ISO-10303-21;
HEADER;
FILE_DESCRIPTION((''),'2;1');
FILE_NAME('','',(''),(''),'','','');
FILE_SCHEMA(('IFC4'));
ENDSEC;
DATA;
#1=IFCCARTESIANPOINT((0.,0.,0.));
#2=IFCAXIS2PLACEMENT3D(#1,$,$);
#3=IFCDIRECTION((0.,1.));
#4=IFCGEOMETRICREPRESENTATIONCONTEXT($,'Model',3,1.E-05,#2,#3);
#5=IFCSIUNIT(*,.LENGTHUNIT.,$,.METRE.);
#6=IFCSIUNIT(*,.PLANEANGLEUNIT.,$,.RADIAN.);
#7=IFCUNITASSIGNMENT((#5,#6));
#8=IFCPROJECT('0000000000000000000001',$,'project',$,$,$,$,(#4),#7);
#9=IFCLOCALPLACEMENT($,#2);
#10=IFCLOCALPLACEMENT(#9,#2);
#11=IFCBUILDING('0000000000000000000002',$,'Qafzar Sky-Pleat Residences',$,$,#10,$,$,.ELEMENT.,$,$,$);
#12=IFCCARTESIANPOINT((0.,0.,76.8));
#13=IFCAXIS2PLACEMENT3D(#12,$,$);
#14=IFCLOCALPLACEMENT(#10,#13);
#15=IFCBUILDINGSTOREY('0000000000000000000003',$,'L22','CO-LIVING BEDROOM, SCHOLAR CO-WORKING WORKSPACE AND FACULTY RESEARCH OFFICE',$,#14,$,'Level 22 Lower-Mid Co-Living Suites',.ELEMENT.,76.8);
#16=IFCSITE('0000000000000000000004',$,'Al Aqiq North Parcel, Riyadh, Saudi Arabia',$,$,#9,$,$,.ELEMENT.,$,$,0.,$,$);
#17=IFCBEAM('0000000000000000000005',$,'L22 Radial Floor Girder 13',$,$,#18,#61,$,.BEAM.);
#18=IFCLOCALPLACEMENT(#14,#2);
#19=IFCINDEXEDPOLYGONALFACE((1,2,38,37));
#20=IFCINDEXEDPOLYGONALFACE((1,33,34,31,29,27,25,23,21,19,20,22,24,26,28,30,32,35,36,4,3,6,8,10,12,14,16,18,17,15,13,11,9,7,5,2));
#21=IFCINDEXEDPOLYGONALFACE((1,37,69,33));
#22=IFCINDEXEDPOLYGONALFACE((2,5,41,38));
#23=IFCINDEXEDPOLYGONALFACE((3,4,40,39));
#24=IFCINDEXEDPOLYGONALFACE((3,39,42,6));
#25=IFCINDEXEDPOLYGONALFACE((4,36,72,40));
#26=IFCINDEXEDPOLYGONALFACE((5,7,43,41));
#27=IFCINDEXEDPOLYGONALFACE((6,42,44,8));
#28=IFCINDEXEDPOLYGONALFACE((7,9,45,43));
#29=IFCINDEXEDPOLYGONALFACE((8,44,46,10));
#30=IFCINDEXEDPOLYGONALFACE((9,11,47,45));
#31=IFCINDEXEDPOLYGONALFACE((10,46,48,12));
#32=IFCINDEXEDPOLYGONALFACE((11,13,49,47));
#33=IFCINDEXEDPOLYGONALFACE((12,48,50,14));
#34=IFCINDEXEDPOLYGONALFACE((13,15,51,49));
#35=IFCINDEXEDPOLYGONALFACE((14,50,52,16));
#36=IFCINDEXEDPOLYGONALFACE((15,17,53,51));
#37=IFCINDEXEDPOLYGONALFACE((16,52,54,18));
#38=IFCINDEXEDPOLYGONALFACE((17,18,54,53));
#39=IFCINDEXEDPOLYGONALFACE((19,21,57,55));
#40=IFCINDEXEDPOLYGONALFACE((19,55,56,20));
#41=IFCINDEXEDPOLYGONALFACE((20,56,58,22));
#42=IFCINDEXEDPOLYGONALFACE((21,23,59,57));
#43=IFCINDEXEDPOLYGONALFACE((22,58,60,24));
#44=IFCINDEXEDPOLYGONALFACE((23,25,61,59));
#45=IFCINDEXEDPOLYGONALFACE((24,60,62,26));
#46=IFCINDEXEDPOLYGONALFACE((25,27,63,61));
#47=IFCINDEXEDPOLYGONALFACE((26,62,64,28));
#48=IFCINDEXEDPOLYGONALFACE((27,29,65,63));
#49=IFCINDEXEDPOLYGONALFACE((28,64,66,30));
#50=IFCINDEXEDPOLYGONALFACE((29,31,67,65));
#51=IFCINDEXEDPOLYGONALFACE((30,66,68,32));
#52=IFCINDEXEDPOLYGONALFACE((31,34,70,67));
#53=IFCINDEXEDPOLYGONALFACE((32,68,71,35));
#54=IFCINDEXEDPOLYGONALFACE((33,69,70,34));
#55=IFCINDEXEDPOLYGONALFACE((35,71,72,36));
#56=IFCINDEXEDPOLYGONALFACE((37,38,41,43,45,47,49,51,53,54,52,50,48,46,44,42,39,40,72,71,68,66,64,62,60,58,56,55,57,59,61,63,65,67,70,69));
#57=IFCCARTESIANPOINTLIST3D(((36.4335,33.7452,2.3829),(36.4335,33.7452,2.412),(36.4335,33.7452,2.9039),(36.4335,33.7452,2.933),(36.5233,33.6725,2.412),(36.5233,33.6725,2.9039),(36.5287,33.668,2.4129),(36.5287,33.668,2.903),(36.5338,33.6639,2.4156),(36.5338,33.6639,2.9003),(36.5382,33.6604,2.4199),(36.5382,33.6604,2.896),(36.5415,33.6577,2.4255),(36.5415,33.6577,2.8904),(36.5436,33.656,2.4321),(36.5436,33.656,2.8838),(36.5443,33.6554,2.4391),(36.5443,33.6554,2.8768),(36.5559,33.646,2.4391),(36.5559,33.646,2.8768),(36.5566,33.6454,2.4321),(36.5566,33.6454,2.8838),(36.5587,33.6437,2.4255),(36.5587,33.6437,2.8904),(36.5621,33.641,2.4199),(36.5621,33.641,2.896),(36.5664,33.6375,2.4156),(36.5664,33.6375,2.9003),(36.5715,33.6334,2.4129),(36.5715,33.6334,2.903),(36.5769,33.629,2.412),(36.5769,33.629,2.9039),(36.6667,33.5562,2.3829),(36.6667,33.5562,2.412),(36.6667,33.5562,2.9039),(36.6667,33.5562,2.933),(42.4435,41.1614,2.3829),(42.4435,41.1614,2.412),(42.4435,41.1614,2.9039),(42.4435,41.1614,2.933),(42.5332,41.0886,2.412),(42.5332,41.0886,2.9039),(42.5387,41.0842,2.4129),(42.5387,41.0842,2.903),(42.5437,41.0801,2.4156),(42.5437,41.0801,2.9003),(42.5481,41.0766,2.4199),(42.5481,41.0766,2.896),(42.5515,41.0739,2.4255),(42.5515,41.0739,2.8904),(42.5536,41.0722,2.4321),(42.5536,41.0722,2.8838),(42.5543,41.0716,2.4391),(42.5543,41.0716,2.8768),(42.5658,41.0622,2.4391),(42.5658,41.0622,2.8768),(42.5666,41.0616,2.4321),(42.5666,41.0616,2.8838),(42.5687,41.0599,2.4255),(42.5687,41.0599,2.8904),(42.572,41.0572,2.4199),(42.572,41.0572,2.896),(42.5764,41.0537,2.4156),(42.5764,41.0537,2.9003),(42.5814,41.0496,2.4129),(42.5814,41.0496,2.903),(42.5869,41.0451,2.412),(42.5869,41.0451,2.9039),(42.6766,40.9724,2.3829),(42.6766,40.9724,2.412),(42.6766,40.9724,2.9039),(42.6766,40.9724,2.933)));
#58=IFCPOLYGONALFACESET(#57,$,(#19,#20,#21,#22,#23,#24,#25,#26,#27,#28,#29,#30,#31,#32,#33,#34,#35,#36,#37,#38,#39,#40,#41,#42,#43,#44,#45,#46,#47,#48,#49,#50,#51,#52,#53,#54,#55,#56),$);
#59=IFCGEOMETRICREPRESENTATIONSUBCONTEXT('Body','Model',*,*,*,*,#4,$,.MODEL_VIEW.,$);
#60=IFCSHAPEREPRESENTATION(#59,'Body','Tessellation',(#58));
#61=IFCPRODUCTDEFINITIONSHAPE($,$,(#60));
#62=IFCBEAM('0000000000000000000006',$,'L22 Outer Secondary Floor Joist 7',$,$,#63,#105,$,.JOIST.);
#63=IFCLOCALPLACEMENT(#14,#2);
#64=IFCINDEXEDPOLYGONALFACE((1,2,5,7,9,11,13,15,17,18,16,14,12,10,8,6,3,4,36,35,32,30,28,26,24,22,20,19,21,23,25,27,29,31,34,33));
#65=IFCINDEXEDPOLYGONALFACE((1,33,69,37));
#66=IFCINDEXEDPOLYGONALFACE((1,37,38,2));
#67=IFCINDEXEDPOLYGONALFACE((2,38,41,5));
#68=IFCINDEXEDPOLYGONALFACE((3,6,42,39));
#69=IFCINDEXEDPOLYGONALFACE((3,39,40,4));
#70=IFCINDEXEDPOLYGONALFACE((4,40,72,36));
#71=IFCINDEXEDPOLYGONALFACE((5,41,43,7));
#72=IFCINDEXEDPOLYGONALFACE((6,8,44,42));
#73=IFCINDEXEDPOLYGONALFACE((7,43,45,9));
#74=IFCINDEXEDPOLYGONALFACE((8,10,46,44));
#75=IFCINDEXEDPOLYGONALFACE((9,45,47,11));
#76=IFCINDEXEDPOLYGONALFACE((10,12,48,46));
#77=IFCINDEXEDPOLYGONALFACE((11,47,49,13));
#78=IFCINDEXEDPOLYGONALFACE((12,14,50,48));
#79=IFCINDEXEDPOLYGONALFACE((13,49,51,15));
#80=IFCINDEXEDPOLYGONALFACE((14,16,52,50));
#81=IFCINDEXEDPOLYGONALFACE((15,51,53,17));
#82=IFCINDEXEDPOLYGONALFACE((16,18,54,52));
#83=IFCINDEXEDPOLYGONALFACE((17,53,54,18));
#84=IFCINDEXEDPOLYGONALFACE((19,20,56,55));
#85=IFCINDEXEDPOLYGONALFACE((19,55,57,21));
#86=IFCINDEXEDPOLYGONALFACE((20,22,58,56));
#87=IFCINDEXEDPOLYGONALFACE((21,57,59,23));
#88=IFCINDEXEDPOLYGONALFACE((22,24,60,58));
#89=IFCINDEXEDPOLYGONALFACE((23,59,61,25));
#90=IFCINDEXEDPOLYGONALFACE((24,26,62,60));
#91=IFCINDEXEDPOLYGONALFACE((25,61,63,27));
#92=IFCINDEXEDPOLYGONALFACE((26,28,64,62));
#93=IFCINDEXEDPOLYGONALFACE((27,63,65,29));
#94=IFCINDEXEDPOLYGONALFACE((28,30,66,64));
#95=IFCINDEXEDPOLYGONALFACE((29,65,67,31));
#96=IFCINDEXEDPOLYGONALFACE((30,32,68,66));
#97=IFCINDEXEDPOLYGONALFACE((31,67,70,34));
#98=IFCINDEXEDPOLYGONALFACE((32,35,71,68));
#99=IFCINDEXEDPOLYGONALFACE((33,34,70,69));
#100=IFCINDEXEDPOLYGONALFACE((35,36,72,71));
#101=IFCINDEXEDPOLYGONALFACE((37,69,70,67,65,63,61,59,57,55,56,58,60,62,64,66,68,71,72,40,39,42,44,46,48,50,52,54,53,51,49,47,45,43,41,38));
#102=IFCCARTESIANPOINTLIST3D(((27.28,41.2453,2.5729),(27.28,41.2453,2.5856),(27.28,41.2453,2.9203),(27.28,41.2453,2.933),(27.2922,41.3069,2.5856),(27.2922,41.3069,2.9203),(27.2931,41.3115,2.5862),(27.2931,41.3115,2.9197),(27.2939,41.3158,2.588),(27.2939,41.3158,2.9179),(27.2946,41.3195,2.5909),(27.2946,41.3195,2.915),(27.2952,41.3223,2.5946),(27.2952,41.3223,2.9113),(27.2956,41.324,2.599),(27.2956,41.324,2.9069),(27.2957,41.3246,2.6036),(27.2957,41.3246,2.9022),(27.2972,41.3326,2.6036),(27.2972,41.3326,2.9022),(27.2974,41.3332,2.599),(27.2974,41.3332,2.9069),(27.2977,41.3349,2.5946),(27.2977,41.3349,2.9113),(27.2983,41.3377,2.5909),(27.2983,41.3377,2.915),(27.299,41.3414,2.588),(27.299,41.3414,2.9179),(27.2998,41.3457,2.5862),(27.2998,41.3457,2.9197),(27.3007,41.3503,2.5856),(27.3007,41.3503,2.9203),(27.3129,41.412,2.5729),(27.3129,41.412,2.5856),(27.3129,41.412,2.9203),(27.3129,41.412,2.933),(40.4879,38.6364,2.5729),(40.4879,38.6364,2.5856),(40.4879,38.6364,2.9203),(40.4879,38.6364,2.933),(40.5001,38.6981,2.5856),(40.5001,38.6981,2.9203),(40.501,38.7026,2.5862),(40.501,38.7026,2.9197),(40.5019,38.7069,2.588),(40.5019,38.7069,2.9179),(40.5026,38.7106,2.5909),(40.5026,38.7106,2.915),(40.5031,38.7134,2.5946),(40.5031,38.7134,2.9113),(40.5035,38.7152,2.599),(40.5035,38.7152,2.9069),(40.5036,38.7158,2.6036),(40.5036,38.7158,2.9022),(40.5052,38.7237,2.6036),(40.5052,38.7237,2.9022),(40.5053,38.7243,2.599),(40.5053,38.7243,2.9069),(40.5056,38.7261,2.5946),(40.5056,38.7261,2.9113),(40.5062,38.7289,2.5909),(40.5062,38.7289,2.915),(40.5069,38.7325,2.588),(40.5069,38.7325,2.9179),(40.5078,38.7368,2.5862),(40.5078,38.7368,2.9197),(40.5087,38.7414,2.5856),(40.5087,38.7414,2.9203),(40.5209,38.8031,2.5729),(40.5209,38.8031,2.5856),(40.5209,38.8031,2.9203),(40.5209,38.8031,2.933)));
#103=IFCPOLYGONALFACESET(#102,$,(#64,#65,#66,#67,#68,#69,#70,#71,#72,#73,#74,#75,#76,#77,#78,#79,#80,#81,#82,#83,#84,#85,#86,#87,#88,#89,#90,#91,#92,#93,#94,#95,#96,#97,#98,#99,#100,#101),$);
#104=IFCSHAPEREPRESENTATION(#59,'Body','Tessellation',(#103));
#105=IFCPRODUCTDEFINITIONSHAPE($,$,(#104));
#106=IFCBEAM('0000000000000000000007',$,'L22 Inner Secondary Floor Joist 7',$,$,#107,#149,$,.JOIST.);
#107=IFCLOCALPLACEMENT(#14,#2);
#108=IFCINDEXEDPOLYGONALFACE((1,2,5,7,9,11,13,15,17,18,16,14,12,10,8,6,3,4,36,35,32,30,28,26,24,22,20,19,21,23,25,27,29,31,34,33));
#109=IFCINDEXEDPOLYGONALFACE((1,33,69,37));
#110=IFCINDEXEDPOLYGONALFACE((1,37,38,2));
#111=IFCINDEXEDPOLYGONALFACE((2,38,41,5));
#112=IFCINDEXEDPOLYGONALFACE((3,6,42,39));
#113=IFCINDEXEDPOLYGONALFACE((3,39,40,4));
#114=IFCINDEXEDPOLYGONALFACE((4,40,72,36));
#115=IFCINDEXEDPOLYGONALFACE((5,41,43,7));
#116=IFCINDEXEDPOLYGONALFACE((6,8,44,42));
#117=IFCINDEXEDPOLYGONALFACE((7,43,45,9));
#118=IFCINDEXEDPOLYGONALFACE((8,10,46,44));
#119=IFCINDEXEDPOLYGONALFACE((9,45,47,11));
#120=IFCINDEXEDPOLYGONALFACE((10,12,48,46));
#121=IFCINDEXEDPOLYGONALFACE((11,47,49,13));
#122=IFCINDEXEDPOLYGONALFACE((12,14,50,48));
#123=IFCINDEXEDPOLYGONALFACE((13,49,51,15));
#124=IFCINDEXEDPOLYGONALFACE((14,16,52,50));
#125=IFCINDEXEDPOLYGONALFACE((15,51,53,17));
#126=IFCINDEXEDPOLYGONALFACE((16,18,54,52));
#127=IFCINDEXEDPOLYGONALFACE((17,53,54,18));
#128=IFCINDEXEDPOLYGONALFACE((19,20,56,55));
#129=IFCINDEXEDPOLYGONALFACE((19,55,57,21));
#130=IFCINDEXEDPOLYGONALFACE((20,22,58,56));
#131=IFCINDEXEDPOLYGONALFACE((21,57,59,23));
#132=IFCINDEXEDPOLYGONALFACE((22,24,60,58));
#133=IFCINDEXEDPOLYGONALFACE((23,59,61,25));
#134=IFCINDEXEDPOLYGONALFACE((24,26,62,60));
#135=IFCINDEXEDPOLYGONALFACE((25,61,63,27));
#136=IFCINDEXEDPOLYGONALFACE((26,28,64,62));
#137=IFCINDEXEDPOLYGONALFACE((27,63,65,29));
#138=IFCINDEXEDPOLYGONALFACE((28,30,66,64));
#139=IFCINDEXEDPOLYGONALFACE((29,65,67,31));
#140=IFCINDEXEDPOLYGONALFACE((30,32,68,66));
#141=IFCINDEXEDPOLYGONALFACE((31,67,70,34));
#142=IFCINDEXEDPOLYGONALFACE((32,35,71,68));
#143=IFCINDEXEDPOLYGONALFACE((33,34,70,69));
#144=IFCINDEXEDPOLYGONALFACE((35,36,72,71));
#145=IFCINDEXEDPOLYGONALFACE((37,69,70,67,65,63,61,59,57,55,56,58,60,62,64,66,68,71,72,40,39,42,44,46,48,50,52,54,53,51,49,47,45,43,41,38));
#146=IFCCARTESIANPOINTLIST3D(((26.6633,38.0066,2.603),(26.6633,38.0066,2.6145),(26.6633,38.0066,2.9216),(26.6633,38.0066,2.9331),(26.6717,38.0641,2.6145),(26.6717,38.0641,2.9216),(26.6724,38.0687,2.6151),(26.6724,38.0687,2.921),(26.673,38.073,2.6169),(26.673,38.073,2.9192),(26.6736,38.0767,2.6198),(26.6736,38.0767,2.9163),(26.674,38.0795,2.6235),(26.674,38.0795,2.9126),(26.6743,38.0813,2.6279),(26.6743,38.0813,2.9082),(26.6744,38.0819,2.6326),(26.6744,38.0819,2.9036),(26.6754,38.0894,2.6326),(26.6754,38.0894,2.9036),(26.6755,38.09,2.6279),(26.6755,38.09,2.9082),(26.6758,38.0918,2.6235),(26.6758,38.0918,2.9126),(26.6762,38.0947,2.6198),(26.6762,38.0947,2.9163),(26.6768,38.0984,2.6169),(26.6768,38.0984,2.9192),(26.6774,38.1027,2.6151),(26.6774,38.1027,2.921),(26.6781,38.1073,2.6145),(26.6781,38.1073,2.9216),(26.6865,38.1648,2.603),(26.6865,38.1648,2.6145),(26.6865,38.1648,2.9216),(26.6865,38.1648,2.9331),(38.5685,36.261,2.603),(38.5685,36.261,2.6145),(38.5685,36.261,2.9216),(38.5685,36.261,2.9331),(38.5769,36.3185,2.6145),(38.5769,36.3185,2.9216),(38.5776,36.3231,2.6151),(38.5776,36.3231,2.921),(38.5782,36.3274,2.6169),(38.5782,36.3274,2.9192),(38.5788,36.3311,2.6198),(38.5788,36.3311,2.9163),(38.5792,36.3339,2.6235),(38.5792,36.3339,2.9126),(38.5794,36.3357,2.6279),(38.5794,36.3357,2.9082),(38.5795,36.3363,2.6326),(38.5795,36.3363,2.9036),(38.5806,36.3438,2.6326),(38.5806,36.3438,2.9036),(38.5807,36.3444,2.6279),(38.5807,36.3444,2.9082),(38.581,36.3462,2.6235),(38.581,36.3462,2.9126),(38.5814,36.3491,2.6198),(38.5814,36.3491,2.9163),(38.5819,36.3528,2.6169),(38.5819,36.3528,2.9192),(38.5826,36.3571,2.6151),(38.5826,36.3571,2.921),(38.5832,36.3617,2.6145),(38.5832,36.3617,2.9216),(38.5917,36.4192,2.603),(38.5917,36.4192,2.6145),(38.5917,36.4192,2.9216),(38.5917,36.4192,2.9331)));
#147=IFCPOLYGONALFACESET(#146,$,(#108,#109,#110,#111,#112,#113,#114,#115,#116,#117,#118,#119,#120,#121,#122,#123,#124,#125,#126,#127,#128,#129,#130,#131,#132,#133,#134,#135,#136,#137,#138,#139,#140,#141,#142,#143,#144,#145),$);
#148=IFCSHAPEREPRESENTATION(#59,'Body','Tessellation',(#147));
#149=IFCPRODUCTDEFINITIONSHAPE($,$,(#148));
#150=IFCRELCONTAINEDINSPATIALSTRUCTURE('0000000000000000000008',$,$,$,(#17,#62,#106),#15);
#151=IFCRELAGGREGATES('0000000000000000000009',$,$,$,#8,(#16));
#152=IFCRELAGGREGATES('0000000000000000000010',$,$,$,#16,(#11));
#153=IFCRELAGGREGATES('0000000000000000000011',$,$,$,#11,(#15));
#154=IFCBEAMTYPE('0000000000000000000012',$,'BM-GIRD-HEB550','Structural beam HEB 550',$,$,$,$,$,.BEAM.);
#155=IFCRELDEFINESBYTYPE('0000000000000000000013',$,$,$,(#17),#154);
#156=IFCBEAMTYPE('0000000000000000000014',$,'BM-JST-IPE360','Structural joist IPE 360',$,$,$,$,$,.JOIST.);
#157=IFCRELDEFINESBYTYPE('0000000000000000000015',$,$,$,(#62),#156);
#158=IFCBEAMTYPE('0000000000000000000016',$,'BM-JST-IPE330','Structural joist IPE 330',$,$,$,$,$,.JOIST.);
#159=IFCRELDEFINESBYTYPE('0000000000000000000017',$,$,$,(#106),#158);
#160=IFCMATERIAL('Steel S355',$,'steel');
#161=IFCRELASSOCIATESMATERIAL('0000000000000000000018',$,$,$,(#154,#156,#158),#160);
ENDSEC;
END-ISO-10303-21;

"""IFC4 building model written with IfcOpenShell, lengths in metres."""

from ifc_helpers import new_model, si_unit, direction, frame, origin, origin_2d, place, context, subcontext, project, spatial, i_section, extrude, source, transform, mapped, material, material_profile, profile_set, type_object, element, save


model = new_model("IFC4")

# Units and contexts
model_context = context("Model", 3, precision=1e-05, world=origin(), true_north=direction((0.0, 1.0)))
body_context = subcontext(model_context, "Body", "Model", "MODEL_VIEW")
ifc_project = project(units=[si_unit("LENGTHUNIT", "METRE"), si_unit("PLANEANGLEUNIT", "RADIAN")], contexts=[model_context])

# Site, building, storey
site_placement = place(None, origin())
site = spatial("IfcSite", under=ifc_project, at=site_placement, Name="Al Aqiq North Parcel, Riyadh, Saudi Arabia", CompositionType="ELEMENT", RefElevation=0.0)
building_placement = place(site_placement, origin())
building = spatial("IfcBuilding", under=site, at=building_placement, Name="Qafzar Sky-Pleat Residences", CompositionType="ELEMENT")
storey_placement = place(building_placement, frame((0.0, 0.0, 76.8)))
storey = spatial("IfcBuildingStorey", under=building, at=storey_placement, Name="L22", Description="CO-LIVING BEDROOM, SCHOLAR CO-WORKING WORKSPACE AND FACULTY RESEARCH OFFICE", LongName="Level 22 Lower-Mid Co-Living Suites", CompositionType="ELEMENT", Elevation=76.8)

# Beams
ifc_material_1 = material(Name="Steel S355", Category="steel")
ifc_material_profile_1 = material_profile(ifc_material_1, i_section(OverallWidth=0.3, OverallDepth=0.55, WebThickness=0.0149, FlangeThickness=0.0291, FilletRadius=0.0271, at=origin_2d()), Name="HEB 550")
ifc_profile_set_1 = profile_set([ifc_material_profile_1], Name="Steel S355")
beam_type_1 = type_object("IfcBeamType", Name="BM-GIRD-HEB550", Description="Structural beam HEB 550", PredefinedType="BEAM", material=ifc_profile_set_1)
shared_shape_1 = source(origin(), body_context, "Body", "SweptSolid", [
    extrude(i_section(OverallWidth=0.3, OverallDepth=0.55, WebThickness=0.0149, FlangeThickness=0.0291, FilletRadius=0.0271, at=origin_2d()), origin(), (0.0, 0.0, 1.0), 9.5457),
])
beam_1_placement = place(storey_placement, frame((42.5601, 41.0669, 2.658), z_axis=(-0.629601, -0.776918, 0.0), x_axis=(0.776918, -0.629601, 0.0)))
element("IfcBeam", 1, at=beam_1_placement, inside=storey, type_object=beam_type_1, Name="L22 Radial Floor Girder 13", PredefinedType="BEAM", context=body_context, shape_type="MappedRepresentation", body=[
    mapped(shared_shape_1, transform((0.0, 0.0, 0.0), x_axis=(1.0, 0.0, 0.0), y_axis=(0.0, 1.0, 0.0), z_axis=(0.0, 0.0, 1.0), scale=1.0)),
])
ifc_material_profile_2 = material_profile(ifc_material_1, i_section(OverallWidth=0.1699, OverallDepth=0.3601, WebThickness=0.0081, FlangeThickness=0.0127, FilletRadius=0.0181, at=origin_2d()), Name="IPE 360")
ifc_profile_set_2 = profile_set([ifc_material_profile_2], Name="Steel S355")
beam_type_2 = type_object("IfcBeamType", Name="BM-JST-IPE360", Description="Structural joist IPE 360", PredefinedType="JOIST", material=ifc_profile_set_2)
shared_shape_2 = source(origin(), body_context, "Body", "SweptSolid", [
    extrude(i_section(OverallWidth=0.1699, OverallDepth=0.3601, WebThickness=0.0081, FlangeThickness=0.0127, FilletRadius=0.0181, at=origin_2d()), origin(), (0.0, 0.0, 1.0), 13.4631),
])
beam_2_placement = place(storey_placement, frame((40.5044, 38.7197, 2.7529), z_axis=(-0.981045, 0.193779, 0.0), x_axis=(-0.193779, -0.981045, 0.0)))
element("IfcBeam", 2, at=beam_2_placement, inside=storey, type_object=beam_type_2, Name="L22 Outer Secondary Floor Joist 7", PredefinedType="JOIST", context=body_context, shape_type="MappedRepresentation", body=[
    mapped(shared_shape_2, transform((0.0, 0.0, 0.0), x_axis=(1.0, 0.0, 0.0), y_axis=(0.0, 1.0, 0.0), z_axis=(0.0, 0.0, 1.0), scale=1.0)),
])
ifc_material_profile_3 = material_profile(ifc_material_1, i_section(OverallWidth=0.1599, OverallDepth=0.3301, WebThickness=0.0076, FlangeThickness=0.0115, FilletRadius=0.0181, at=origin_2d()), Name="IPE 330")
ifc_profile_set_3 = profile_set([ifc_material_profile_3], Name="Steel S355")
beam_type_3 = type_object("IfcBeamType", Name="BM-JST-IPE330", Description="Structural joist IPE 330", PredefinedType="JOIST", material=ifc_profile_set_3)
shared_shape_3 = source(origin(), body_context, "Body", "SweptSolid", [
    extrude(i_section(OverallWidth=0.1599, OverallDepth=0.3301, WebThickness=0.0076, FlangeThickness=0.0115, FilletRadius=0.0181, at=origin_2d()), origin(), (0.0, 0.0, 1.0), 12.0325),
])
beam_3_placement = place(storey_placement, frame((38.5801, 36.3401, 2.7681), z_axis=(-0.989421, 0.145073, 0.0), x_axis=(-0.145073, -0.989421, 0.0)))
element("IfcBeam", 3, at=beam_3_placement, inside=storey, type_object=beam_type_3, Name="L22 Inner Secondary Floor Joist 7", PredefinedType="JOIST", context=body_context, shape_type="MappedRepresentation", body=[
    mapped(shared_shape_3, transform((0.0, 0.0, 0.0), x_axis=(1.0, 0.0, 0.0), y_axis=(0.0, 1.0, 0.0), z_axis=(0.0, 0.0, 1.0), scale=1.0)),
])

save(model, "model.ifc")
